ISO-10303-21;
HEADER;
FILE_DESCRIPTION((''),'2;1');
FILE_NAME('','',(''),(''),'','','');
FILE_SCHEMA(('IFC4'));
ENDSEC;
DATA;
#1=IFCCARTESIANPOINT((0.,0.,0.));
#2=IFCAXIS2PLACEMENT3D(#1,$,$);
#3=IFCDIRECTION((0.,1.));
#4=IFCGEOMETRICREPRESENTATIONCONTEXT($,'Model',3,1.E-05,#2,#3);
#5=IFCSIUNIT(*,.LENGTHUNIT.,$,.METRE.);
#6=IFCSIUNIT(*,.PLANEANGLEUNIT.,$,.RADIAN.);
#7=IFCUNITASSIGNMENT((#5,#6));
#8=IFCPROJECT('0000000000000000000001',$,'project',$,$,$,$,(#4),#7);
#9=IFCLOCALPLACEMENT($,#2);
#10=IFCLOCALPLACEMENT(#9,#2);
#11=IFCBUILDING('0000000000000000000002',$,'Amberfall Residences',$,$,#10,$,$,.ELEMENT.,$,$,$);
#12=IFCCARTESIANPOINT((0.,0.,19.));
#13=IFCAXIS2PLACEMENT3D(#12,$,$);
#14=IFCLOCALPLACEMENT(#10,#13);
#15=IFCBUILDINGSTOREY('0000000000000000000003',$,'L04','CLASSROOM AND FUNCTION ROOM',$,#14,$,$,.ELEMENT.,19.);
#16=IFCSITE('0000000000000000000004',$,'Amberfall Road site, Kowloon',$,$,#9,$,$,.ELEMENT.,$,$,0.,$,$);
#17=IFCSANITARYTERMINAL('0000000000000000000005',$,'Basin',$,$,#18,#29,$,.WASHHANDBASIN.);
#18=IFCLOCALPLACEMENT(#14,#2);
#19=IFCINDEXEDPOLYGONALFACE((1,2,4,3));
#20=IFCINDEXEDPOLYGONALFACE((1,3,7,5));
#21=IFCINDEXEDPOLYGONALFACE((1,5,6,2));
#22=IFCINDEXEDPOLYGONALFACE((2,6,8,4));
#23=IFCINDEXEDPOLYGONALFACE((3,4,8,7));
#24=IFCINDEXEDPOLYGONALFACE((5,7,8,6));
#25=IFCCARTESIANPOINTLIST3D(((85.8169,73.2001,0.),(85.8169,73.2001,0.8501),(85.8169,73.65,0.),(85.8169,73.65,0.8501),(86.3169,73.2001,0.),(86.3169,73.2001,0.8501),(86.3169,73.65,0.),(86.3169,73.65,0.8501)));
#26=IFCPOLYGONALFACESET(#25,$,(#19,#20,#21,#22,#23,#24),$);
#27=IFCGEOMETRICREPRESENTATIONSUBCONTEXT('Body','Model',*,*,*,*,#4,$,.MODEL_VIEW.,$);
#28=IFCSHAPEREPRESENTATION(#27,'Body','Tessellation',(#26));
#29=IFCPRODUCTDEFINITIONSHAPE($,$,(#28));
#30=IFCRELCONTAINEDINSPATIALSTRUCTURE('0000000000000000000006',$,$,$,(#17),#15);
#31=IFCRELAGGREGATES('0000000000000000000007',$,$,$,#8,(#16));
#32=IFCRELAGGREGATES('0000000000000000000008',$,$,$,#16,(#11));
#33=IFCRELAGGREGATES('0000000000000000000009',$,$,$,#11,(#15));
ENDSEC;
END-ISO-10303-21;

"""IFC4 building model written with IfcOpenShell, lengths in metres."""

from ifc_helpers import new_model, si_unit, direction, frame, origin, origin_2d, place, context, subcontext, project, spatial, rectangle, extrude, element, save


model = new_model("IFC4")

# Units and contexts
model_context = context("Model", 3, precision=1e-05, world=origin(), true_north=direction((0.0, 1.0)))
body_context = subcontext(model_context, "Body", "Model", "MODEL_VIEW")
ifc_project = project(units=[si_unit("LENGTHUNIT", "METRE"), si_unit("PLANEANGLEUNIT", "RADIAN")], contexts=[model_context])

# Site, building, storey
site_placement = place(None, origin())
site = spatial("IfcSite", under=ifc_project, at=site_placement, Name="Amberfall Road site, Kowloon", CompositionType="ELEMENT", RefElevation=0.0)
building_placement = place(site_placement, origin())
building = spatial("IfcBuilding", under=site, at=building_placement, Name="Amberfall Residences", CompositionType="ELEMENT")
storey_placement = place(building_placement, frame((0.0, 0.0, 19.0)))
storey = spatial("IfcBuildingStorey", under=building, at=storey_placement, Name="L04", Description="CLASSROOM AND FUNCTION ROOM", CompositionType="ELEMENT", Elevation=19.0)

# Sanitary terminal
sanitary_terminal_1_placement = place(storey_placement, frame((86.0669, 73.425, 0.0), z_axis=(0.0, 0.0, 1.0), x_axis=(1.0, 0.0, 0.0)))
element("IfcSanitaryTerminal", 1, at=sanitary_terminal_1_placement, inside=storey, Name="Basin", PredefinedType="WASHHANDBASIN", context=body_context, shape_type="SweptSolid", body=[
    extrude(rectangle(XDim=0.5, YDim=0.45, at=origin_2d()), origin(), (0.0, 0.0, 1.0), 0.8501),
])

save(model, "model.ifc")
